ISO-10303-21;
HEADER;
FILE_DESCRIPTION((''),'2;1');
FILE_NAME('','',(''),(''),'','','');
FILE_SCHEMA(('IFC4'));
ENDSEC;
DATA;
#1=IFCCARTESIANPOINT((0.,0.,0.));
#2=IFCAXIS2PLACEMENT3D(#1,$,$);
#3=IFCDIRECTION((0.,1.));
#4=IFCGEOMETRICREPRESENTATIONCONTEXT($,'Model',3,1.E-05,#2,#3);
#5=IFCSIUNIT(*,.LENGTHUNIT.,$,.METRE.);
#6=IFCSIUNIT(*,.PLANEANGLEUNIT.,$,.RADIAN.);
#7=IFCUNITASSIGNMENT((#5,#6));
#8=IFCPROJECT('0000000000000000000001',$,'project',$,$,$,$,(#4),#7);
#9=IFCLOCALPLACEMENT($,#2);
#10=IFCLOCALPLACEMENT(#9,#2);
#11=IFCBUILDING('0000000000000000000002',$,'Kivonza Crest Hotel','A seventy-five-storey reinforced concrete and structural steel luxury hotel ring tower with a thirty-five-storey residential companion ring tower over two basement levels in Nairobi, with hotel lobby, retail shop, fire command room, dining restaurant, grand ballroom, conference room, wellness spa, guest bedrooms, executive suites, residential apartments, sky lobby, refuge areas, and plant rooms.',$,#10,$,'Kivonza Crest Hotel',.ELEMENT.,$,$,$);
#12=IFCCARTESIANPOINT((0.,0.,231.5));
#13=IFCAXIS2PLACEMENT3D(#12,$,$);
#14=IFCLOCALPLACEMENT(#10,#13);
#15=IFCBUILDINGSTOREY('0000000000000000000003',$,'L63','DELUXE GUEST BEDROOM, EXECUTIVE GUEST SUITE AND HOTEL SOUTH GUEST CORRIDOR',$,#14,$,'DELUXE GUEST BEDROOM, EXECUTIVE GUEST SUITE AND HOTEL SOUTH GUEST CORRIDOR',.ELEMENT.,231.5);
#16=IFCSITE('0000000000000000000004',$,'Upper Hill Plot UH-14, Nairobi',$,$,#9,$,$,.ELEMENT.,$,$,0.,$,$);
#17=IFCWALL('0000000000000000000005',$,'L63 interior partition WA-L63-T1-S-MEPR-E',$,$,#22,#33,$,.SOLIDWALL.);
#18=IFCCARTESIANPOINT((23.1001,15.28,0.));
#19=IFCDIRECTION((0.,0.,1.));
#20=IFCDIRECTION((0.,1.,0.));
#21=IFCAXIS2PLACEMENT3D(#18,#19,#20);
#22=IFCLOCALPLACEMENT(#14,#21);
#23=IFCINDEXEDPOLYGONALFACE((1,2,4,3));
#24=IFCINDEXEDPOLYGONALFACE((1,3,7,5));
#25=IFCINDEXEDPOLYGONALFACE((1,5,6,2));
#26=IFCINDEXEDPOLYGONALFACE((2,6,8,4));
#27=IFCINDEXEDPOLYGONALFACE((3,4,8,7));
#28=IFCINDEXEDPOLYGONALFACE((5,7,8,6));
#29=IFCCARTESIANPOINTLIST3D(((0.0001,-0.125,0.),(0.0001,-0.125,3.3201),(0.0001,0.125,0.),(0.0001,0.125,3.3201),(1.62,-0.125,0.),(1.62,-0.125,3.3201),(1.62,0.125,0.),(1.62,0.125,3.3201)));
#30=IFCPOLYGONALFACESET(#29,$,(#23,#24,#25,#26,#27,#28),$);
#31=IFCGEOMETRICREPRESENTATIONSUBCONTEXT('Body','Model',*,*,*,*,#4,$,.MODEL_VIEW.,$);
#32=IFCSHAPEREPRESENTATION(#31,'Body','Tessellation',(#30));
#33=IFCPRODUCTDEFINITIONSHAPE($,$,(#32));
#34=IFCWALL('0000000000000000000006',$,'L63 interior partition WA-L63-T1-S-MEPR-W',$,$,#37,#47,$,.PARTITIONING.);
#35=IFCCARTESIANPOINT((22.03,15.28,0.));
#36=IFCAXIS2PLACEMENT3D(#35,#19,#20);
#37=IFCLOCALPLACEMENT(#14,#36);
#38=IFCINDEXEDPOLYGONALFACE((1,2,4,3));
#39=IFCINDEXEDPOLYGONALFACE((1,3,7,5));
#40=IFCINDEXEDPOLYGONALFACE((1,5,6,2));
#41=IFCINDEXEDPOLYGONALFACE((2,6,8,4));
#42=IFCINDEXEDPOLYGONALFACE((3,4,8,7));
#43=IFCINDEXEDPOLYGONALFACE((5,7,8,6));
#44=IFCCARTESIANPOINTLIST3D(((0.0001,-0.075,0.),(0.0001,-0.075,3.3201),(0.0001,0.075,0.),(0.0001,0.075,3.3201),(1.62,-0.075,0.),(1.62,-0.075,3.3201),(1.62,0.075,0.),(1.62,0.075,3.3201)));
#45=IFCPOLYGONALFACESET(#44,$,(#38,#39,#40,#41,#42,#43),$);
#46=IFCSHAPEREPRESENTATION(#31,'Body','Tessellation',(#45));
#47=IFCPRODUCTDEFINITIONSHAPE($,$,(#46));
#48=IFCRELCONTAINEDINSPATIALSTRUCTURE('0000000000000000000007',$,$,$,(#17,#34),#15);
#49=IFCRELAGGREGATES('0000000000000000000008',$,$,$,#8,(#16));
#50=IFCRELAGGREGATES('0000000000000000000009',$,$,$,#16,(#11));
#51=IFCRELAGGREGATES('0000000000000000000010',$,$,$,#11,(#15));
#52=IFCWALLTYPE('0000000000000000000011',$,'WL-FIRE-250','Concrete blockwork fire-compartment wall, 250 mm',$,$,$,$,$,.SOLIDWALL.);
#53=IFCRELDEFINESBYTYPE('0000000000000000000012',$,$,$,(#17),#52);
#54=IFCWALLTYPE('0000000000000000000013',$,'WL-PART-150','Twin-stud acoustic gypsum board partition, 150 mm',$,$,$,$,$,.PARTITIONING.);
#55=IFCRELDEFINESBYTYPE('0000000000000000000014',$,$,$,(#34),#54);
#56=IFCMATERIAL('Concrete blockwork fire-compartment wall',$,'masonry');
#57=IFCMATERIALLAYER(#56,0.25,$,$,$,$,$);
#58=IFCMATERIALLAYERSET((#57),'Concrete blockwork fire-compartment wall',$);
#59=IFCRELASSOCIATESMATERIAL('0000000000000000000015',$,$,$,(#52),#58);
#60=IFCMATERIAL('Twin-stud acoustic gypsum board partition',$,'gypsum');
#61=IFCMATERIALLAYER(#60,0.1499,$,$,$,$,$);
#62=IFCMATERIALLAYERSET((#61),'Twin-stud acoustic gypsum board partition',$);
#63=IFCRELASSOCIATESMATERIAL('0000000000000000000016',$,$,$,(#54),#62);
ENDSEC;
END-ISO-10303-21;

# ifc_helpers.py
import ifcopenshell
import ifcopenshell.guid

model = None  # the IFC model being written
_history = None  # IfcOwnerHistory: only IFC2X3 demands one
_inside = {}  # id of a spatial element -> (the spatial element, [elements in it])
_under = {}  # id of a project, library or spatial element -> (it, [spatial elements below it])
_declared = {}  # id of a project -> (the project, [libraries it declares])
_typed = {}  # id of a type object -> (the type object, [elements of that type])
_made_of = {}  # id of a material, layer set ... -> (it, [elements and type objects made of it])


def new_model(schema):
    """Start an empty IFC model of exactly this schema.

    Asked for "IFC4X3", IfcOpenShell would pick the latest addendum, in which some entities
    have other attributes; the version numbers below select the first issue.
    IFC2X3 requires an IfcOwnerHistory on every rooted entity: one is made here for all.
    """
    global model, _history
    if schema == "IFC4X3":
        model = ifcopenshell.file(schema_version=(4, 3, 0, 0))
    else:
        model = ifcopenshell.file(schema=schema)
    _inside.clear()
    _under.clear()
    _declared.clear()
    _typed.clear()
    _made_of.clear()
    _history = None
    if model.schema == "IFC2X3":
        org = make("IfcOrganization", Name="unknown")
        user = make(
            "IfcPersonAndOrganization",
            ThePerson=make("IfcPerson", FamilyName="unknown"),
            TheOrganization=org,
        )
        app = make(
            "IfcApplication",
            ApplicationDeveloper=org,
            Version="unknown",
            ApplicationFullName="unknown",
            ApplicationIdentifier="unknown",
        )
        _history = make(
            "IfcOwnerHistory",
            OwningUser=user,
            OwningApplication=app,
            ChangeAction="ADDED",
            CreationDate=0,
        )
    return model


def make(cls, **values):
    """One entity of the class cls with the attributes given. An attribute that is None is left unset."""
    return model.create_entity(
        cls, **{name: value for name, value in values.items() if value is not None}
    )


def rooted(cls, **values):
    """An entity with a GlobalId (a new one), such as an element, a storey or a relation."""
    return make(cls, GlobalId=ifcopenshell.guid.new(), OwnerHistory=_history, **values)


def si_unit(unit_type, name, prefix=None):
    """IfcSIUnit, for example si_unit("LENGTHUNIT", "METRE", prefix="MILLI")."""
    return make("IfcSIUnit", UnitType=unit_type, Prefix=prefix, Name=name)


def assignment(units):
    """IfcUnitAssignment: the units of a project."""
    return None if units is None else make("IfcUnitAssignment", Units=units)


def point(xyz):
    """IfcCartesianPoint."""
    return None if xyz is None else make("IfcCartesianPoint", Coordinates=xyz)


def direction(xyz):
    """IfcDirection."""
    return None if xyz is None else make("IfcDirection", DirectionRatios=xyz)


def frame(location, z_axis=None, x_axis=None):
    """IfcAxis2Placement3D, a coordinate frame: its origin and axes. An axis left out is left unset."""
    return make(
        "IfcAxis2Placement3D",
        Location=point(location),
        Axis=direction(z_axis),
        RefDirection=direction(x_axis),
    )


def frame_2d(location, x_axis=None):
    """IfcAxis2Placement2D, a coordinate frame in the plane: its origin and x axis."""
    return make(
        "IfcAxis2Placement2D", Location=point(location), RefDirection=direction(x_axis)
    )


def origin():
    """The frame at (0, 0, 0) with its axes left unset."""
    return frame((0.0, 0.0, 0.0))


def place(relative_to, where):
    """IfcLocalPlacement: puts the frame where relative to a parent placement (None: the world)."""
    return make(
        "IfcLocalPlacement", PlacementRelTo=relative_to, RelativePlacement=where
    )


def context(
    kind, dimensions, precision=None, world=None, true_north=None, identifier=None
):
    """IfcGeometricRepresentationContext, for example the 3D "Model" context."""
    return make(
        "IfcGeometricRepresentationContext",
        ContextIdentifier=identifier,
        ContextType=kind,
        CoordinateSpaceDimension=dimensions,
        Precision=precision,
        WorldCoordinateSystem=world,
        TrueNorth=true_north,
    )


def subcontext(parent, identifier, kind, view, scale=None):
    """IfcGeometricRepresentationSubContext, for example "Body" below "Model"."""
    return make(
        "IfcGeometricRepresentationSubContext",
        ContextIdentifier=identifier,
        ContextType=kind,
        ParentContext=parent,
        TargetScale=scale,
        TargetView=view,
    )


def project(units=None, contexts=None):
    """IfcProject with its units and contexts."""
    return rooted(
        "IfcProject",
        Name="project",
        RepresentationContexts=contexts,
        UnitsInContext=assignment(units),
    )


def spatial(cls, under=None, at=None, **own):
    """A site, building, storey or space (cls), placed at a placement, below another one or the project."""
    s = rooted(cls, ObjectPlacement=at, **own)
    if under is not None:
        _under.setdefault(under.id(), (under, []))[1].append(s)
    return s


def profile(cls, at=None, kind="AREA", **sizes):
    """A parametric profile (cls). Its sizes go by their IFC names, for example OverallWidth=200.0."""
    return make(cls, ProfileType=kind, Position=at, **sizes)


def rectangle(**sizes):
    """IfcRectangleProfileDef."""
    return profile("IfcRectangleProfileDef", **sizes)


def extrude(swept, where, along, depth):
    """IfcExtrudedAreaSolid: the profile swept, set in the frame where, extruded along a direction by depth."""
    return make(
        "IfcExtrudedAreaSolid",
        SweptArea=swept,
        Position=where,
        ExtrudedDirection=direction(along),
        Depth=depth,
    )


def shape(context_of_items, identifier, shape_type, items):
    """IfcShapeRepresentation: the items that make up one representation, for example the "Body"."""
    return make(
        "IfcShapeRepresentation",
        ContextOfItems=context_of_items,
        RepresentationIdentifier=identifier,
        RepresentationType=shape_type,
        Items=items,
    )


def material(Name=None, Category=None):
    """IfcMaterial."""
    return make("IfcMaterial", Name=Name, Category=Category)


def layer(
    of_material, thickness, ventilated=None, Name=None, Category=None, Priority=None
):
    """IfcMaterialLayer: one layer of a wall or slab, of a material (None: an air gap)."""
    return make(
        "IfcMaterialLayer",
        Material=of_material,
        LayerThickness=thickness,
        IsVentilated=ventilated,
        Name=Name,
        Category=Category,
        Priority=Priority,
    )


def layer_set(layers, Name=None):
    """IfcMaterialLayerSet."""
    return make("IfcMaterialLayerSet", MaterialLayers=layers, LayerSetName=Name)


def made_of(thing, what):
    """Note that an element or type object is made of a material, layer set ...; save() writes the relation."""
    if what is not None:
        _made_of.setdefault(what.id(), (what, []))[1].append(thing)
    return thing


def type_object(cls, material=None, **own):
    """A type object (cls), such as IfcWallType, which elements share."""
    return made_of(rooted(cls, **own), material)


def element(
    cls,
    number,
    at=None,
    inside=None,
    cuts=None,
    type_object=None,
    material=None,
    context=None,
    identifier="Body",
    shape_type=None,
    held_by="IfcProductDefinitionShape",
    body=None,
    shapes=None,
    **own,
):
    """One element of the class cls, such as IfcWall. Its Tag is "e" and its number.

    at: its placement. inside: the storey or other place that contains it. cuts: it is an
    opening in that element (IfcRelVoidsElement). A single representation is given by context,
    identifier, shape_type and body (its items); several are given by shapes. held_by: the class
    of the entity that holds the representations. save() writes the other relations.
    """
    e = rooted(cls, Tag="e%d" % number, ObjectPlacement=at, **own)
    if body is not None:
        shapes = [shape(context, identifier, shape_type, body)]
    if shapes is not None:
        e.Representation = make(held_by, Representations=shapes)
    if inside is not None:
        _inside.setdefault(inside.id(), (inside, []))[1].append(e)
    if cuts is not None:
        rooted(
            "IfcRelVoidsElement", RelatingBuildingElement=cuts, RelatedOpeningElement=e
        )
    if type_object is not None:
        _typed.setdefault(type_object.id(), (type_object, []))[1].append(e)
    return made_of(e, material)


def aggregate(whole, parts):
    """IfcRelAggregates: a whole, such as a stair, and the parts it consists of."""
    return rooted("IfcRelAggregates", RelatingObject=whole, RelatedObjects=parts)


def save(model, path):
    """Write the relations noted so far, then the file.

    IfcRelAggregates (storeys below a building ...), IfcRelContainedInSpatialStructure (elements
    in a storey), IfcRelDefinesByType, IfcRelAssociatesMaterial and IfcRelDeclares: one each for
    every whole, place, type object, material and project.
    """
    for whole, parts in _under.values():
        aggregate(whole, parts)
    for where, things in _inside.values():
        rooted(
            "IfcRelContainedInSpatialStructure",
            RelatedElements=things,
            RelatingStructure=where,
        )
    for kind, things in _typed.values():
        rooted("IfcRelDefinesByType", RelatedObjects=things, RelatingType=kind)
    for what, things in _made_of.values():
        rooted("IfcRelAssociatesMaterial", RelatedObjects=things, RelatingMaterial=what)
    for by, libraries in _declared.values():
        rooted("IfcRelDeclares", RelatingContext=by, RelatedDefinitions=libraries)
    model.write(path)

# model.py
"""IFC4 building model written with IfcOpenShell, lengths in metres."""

from ifc_helpers import new_model, si_unit, direction, frame, frame_2d, origin, place, context, subcontext, project, spatial, rectangle, extrude, material, layer, layer_set, type_object, element, save


model = new_model("IFC4")

# Units and contexts
model_context = context("Model", 3, precision=1e-05, world=origin(), true_north=direction((0.0, 1.0)))
body_context = subcontext(model_context, "Body", "Model", "MODEL_VIEW")
ifc_project = project(units=[si_unit("LENGTHUNIT", "METRE"), si_unit("PLANEANGLEUNIT", "RADIAN")], contexts=[model_context])

# Site, building, storey
site_placement = place(None, origin())
site = spatial("IfcSite", under=ifc_project, at=site_placement, Name="Upper Hill Plot UH-14, Nairobi", CompositionType="ELEMENT", RefElevation=0.0)
building_placement = place(site_placement, origin())
building = spatial("IfcBuilding", under=site, at=building_placement, Name="Kivonza Crest Hotel", Description="A seventy-five-storey reinforced concrete and structural steel luxury hotel ring tower with a thirty-five-storey residential companion ring tower over two basement levels in Nairobi, with hotel lobby, retail shop, fire command room, dining restaurant, grand ballroom, conference room, wellness spa, guest bedrooms, executive suites, residential apartments, sky lobby, refuge areas, and plant rooms.", LongName="Kivonza Crest Hotel", CompositionType="ELEMENT")
storey_placement = place(building_placement, frame((0.0, 0.0, 231.5)))
storey = spatial("IfcBuildingStorey", under=building, at=storey_placement, Name="L63", Description="DELUXE GUEST BEDROOM, EXECUTIVE GUEST SUITE AND HOTEL SOUTH GUEST CORRIDOR", LongName="DELUXE GUEST BEDROOM, EXECUTIVE GUEST SUITE AND HOTEL SOUTH GUEST CORRIDOR", CompositionType="ELEMENT", Elevation=231.5)

# Walls
ifc_material_1 = material(Name="Concrete blockwork fire-compartment wall", Category="masonry")
ifc_layer_1 = layer(ifc_material_1, 0.25)
ifc_layer_set_1 = layer_set([ifc_layer_1], Name="Concrete blockwork fire-compartment wall")
wall_type_1 = type_object("IfcWallType", Name="WL-FIRE-250", Description="Concrete blockwork fire-compartment wall, 250 mm", PredefinedType="SOLIDWALL", material=ifc_layer_set_1)
wall_1_placement = place(storey_placement, frame((23.1001, 15.28, 0.0), z_axis=(0.0, 0.0, 1.0), x_axis=(0.0, 1.0, 0.0)))
element("IfcWall", 1, at=wall_1_placement, inside=storey, type_object=wall_type_1, Name="L63 interior partition WA-L63-T1-S-MEPR-E", PredefinedType="SOLIDWALL", context=body_context, shape_type="SweptSolid", body=[
    extrude(rectangle(XDim=1.6199, YDim=0.25, at=frame_2d((0.8101, 0.0))), origin(), (0.0, 0.0, 1.0), 3.3201),
])
ifc_material_2 = material(Name="Twin-stud acoustic gypsum board partition", Category="gypsum")
ifc_layer_2 = layer(ifc_material_2, 0.1499)
ifc_layer_set_2 = layer_set([ifc_layer_2], Name="Twin-stud acoustic gypsum board partition")
wall_type_2 = type_object("IfcWallType", Name="WL-PART-150", Description="Twin-stud acoustic gypsum board partition, 150 mm", PredefinedType="PARTITIONING", material=ifc_layer_set_2)
wall_2_placement = place(storey_placement, frame((22.03, 15.28, 0.0), z_axis=(0.0, 0.0, 1.0), x_axis=(0.0, 1.0, 0.0)))
element("IfcWall", 2, at=wall_2_placement, inside=storey, type_object=wall_type_2, Name="L63 interior partition WA-L63-T1-S-MEPR-W", PredefinedType="PARTITIONING", context=body_context, shape_type="SweptSolid", body=[
    extrude(rectangle(XDim=1.6199, YDim=0.1499, at=frame_2d((0.8101, 0.0))), origin(), (0.0, 0.0, 1.0), 3.3201),
])

save(model, "model.ifc")
